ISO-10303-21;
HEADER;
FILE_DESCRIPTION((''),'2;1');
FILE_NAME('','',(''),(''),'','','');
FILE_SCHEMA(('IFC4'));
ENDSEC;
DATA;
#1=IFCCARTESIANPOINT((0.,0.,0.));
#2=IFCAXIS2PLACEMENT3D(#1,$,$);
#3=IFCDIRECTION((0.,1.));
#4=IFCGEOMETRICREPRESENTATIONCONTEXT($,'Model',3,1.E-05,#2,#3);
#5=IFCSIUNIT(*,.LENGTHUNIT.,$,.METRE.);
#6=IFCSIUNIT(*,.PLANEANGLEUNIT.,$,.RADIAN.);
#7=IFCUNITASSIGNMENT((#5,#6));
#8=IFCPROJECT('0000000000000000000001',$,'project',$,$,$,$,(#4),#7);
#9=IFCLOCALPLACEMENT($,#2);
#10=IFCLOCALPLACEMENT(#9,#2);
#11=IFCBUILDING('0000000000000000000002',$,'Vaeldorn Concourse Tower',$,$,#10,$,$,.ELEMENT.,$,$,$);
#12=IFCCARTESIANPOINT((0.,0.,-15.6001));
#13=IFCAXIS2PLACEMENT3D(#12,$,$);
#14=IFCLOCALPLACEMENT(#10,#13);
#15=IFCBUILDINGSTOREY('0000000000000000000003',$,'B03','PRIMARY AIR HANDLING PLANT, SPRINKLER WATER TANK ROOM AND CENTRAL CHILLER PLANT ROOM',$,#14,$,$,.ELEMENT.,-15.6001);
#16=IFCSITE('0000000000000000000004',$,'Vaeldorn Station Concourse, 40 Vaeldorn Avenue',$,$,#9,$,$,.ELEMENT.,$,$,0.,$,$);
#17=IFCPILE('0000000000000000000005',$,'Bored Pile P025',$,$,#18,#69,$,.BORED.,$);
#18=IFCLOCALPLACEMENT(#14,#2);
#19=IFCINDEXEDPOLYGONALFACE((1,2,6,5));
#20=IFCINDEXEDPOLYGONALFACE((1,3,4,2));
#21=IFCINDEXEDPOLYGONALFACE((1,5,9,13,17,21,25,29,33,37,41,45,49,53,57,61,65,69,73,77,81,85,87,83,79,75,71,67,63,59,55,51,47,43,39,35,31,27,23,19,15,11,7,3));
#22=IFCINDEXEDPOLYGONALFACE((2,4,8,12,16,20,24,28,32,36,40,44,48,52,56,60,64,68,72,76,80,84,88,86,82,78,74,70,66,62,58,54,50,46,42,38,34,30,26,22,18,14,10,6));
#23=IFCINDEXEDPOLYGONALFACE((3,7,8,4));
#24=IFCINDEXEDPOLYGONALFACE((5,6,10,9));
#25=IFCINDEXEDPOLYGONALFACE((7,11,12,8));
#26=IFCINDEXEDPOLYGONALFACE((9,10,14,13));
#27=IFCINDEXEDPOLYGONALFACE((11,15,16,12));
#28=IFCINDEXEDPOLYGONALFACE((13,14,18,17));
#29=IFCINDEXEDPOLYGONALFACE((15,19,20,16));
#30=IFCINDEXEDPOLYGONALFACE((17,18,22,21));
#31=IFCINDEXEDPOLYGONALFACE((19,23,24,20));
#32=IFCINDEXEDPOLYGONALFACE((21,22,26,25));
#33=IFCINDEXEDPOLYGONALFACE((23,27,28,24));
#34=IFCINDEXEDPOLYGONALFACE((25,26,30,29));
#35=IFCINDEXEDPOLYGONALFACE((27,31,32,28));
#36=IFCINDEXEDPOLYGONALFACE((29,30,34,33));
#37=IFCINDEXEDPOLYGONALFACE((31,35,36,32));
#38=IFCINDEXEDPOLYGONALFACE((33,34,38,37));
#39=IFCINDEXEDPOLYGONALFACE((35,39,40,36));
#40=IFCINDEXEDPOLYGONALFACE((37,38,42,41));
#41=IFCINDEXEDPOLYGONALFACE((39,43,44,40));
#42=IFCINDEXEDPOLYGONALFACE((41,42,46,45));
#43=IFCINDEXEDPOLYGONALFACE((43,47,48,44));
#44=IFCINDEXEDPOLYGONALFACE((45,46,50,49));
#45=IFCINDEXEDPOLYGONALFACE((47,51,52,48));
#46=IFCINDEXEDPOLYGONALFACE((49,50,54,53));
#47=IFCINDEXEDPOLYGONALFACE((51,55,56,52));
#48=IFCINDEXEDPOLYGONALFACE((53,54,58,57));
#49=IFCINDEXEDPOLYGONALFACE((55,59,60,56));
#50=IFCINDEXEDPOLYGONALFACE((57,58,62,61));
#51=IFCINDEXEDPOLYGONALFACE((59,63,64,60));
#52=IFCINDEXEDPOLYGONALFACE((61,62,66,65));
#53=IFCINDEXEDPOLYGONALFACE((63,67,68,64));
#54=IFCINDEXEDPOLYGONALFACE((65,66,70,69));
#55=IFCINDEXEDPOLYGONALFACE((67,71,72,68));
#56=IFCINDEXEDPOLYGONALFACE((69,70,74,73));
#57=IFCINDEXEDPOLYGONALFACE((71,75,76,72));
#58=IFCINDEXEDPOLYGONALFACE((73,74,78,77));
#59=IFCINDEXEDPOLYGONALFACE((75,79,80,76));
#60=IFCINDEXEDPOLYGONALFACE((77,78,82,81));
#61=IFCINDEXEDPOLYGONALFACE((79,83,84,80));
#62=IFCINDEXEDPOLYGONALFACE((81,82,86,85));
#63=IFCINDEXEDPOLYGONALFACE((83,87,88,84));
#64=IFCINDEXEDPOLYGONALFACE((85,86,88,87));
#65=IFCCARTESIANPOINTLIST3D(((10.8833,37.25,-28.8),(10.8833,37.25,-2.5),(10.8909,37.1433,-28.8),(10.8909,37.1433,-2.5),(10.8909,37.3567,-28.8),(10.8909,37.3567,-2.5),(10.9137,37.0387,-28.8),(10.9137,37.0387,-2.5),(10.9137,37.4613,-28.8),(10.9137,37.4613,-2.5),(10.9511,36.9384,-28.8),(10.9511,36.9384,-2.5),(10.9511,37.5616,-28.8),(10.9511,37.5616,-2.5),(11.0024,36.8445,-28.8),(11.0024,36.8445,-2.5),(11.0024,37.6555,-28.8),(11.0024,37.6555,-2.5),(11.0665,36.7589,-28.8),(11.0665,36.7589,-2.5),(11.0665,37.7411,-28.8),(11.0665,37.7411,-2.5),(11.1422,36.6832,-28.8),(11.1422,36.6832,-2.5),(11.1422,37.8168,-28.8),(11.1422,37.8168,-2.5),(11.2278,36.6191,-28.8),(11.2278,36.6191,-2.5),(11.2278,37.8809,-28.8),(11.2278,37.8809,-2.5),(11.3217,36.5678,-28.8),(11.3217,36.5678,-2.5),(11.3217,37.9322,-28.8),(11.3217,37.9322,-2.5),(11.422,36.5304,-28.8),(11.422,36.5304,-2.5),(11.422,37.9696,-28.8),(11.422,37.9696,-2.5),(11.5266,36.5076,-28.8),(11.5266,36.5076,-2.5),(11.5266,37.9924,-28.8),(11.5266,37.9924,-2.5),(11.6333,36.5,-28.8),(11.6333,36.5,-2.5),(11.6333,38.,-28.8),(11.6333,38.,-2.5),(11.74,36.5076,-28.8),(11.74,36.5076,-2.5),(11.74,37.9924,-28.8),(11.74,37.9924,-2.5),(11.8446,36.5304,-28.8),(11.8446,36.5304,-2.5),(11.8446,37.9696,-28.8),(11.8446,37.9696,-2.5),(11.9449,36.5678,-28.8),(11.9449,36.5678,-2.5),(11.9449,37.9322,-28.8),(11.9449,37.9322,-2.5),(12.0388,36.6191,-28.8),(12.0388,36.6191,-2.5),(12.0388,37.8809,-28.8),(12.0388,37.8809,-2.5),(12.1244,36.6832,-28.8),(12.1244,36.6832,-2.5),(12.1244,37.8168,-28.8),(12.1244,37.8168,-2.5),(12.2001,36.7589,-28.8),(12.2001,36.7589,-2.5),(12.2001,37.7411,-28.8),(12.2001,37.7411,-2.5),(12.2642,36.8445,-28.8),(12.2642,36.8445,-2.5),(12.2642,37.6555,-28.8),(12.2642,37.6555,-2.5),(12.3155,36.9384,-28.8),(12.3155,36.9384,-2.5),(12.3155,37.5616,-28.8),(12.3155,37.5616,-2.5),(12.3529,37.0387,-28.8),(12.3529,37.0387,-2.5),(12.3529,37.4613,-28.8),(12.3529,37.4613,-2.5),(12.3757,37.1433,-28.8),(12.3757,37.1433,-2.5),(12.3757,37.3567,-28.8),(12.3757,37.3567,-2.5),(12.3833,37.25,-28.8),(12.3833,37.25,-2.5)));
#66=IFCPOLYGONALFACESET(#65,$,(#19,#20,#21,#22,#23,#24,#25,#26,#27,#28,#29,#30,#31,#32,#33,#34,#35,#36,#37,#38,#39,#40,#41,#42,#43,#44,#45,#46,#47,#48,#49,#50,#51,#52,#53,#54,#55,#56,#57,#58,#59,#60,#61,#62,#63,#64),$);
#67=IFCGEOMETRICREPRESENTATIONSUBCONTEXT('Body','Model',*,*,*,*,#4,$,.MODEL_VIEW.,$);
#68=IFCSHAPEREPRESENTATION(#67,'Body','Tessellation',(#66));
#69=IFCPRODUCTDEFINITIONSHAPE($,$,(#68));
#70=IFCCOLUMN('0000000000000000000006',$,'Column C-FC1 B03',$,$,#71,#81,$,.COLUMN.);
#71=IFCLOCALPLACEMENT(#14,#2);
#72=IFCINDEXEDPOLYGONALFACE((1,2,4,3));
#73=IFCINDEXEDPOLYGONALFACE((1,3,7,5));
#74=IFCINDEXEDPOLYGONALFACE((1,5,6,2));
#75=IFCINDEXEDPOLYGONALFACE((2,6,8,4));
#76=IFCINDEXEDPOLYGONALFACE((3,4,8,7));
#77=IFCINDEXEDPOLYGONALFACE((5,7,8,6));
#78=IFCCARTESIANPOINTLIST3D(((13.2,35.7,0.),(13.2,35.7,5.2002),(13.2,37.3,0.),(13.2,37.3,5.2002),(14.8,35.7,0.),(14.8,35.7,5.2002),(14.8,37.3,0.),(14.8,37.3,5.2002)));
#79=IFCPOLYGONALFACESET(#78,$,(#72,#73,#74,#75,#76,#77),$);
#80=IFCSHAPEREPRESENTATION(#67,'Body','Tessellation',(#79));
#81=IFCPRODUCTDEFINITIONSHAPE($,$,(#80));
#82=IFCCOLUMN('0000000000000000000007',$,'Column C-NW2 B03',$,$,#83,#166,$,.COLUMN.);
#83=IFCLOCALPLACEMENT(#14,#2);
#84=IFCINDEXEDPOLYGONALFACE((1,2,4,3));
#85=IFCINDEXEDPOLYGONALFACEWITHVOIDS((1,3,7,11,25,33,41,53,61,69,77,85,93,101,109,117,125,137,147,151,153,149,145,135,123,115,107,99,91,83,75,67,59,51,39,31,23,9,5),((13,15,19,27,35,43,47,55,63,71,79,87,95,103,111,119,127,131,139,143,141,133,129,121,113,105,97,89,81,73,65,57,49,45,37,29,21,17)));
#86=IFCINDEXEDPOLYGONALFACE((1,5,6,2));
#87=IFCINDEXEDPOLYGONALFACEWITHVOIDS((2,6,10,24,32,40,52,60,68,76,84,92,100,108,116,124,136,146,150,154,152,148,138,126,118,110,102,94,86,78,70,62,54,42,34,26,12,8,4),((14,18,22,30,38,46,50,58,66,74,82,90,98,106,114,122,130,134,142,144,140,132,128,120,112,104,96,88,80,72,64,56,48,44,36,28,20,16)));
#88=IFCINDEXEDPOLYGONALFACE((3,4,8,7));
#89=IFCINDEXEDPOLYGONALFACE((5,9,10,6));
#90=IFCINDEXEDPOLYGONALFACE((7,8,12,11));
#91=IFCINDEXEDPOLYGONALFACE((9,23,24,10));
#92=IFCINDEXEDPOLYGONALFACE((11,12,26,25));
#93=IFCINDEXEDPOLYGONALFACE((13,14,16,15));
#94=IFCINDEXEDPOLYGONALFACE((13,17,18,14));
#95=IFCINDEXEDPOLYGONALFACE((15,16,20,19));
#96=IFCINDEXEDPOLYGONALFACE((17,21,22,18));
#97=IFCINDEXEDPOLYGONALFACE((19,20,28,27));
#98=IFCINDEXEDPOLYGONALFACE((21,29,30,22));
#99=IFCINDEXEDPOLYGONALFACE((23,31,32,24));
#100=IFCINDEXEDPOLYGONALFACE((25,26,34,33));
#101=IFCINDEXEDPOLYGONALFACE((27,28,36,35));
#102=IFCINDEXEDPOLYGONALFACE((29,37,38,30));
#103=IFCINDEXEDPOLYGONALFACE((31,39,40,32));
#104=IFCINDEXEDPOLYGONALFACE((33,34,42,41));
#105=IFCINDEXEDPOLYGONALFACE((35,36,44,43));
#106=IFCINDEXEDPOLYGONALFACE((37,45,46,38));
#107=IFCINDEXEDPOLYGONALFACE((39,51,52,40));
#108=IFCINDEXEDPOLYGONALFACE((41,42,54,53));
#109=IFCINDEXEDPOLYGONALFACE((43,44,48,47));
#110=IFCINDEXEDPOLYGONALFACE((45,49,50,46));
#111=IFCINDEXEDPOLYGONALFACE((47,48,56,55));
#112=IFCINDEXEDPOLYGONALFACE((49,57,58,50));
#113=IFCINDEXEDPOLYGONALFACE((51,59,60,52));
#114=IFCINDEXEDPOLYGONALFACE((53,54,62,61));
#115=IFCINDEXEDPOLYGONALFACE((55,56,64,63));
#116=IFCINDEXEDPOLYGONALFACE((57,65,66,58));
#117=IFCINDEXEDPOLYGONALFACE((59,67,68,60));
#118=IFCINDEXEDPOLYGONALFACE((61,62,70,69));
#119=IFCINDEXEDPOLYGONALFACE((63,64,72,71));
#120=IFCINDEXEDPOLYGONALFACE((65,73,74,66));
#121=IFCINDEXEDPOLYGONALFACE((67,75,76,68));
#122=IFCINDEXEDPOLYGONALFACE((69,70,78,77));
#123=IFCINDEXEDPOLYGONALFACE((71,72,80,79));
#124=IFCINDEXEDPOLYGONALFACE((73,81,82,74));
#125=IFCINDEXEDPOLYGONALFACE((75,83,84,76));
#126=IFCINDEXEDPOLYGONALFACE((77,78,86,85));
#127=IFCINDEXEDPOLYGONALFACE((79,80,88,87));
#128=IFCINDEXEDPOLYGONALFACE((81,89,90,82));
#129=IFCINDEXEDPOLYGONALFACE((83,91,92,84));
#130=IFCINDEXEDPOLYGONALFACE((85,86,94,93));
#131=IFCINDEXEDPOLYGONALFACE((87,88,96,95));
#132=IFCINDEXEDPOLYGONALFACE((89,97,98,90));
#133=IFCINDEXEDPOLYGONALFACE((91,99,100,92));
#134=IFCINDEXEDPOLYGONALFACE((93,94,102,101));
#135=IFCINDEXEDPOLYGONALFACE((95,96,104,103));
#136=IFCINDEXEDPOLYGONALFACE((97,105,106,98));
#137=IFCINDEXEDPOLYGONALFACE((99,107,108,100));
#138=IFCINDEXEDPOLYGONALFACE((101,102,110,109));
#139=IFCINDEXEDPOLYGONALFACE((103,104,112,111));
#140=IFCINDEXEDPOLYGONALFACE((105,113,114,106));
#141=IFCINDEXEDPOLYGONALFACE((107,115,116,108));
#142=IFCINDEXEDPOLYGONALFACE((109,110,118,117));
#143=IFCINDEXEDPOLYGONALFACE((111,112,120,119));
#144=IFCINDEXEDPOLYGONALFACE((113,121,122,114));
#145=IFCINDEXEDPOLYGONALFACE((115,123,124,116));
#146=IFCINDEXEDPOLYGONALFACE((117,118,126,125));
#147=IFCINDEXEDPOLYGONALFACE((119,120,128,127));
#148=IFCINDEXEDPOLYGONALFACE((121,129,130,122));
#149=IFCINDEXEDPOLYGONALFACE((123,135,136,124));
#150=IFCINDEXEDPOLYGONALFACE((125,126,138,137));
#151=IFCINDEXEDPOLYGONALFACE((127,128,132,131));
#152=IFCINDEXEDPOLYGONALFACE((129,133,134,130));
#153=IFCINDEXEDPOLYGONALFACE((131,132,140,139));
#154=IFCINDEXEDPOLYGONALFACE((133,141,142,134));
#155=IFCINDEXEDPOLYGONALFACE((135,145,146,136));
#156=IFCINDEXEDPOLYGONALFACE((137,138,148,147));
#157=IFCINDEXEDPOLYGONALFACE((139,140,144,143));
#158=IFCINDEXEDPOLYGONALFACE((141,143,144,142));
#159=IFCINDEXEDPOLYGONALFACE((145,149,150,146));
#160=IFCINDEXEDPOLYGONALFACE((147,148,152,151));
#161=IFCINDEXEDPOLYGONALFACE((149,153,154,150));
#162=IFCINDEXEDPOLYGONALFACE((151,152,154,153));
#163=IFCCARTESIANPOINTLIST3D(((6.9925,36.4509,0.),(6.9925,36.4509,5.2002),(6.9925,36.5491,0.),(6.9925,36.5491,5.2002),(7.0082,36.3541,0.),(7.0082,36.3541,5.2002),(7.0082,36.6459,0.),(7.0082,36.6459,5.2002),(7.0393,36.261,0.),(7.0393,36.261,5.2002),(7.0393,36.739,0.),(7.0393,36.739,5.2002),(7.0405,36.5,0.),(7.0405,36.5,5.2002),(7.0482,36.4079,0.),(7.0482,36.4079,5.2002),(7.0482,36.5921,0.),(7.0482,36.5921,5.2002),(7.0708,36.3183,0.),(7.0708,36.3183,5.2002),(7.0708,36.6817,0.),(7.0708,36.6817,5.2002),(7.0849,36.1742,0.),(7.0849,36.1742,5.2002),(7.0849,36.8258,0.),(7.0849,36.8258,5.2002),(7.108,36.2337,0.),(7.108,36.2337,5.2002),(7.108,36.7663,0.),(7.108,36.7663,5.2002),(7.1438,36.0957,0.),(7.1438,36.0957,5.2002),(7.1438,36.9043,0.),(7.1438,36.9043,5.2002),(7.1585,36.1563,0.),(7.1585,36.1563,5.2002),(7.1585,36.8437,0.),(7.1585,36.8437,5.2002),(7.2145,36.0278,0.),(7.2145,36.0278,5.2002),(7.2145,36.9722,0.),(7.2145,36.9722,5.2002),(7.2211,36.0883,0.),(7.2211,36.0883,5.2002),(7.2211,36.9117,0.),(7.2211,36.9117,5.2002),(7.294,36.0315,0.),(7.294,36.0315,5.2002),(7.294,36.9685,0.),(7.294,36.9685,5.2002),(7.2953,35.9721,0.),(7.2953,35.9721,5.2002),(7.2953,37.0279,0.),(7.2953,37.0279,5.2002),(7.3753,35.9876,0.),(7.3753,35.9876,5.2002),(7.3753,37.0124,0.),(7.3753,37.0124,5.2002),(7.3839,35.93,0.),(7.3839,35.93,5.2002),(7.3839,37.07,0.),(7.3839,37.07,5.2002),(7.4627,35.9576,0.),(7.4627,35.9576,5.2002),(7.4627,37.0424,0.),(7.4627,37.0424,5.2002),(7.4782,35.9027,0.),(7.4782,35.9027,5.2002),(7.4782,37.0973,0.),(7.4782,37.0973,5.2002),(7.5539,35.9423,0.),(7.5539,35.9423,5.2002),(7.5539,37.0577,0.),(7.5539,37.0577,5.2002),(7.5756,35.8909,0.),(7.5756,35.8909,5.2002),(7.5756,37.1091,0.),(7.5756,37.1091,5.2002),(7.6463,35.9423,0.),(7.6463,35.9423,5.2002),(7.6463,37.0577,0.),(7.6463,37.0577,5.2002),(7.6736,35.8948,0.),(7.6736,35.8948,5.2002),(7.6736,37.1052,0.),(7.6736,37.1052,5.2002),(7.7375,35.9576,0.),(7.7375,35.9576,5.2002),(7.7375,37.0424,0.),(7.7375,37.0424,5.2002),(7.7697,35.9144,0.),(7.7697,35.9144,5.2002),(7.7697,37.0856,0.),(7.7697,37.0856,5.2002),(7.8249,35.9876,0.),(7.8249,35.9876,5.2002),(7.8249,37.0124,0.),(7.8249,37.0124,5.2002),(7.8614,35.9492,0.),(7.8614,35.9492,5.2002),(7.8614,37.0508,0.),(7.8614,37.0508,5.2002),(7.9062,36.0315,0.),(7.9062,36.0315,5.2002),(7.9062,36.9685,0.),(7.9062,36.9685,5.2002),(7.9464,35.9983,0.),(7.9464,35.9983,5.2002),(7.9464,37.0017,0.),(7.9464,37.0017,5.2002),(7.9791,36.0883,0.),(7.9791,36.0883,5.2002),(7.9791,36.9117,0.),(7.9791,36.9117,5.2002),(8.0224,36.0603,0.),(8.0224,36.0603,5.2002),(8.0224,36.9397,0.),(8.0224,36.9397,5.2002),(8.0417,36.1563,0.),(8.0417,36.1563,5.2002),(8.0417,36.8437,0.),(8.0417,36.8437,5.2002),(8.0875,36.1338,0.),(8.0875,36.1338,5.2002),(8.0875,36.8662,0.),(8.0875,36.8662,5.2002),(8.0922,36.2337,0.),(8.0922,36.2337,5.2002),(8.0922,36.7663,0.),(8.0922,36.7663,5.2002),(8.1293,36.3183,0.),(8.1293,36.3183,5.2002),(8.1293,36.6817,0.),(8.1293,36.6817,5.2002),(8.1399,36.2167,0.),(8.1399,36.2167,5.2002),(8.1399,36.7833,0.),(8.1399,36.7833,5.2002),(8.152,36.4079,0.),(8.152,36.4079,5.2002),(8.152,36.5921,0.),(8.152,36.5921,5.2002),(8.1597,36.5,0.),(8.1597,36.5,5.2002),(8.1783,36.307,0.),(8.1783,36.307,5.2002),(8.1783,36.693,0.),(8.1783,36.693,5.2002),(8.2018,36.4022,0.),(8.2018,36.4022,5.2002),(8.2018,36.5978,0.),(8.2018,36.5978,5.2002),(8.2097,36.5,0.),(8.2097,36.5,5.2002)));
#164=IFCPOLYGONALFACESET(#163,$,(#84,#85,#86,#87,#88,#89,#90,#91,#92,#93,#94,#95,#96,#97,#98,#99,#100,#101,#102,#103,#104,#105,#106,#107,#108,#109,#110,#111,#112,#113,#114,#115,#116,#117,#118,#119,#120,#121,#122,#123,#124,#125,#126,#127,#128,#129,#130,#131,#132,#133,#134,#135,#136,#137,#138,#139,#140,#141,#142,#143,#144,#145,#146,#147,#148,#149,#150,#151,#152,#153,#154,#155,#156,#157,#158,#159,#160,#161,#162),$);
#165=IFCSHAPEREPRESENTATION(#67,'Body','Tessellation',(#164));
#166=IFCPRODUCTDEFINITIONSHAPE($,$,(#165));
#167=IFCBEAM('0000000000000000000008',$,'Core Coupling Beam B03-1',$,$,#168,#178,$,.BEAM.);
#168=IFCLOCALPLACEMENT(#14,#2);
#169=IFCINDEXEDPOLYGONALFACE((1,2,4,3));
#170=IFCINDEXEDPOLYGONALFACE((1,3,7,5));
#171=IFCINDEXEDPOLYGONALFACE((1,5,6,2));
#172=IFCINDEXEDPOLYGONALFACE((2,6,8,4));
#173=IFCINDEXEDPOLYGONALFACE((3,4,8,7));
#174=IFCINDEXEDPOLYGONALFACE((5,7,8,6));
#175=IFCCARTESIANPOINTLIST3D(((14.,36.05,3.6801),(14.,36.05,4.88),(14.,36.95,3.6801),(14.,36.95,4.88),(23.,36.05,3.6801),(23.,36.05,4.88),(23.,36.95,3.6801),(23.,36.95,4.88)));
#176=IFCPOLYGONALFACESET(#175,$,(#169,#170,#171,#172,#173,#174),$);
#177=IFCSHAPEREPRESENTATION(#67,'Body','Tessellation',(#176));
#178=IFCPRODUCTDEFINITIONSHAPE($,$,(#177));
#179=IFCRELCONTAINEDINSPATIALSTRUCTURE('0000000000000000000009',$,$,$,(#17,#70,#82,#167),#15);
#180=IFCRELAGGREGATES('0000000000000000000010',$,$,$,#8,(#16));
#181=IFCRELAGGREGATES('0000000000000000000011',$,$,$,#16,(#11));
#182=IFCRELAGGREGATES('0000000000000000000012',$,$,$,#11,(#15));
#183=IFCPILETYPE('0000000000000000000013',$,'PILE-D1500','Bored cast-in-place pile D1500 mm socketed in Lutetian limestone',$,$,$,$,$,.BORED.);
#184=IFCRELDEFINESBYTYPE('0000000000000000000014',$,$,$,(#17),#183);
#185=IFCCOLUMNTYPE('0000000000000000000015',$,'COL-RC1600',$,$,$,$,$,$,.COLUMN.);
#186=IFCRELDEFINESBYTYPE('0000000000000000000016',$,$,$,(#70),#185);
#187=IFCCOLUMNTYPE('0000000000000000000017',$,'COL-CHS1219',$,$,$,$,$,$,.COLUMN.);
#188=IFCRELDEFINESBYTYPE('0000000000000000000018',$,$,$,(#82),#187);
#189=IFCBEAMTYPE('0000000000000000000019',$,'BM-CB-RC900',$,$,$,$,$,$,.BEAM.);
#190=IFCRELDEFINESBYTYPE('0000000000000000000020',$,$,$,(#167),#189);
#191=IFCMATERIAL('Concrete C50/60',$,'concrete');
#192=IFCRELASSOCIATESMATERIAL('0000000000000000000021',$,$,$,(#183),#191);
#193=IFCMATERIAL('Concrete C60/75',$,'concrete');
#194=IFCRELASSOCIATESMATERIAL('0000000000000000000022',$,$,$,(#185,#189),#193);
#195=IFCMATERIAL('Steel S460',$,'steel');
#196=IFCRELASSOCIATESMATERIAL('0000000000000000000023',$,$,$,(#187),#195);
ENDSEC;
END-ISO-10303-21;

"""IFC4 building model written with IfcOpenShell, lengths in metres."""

from ifc_helpers import new_model, si_unit, direction, frame, origin, origin_2d, place, context, subcontext, project, spatial, rectangle, circle, hollow_circle, extrude, source, transform, mapped, material, material_profile, profile_set, type_object, element, save


model = new_model("IFC4")

# Units and contexts
model_context = context("Model", 3, precision=1e-05, world=origin(), true_north=direction((0.0, 1.0)))
body_context = subcontext(model_context, "Body", "Model", "MODEL_VIEW")
ifc_project = project(units=[si_unit("LENGTHUNIT", "METRE"), si_unit("PLANEANGLEUNIT", "RADIAN")], contexts=[model_context])

# Site, building, storey
site_placement = place(None, origin())
site = spatial("IfcSite", under=ifc_project, at=site_placement, Name="Vaeldorn Station Concourse, 40 Vaeldorn Avenue", CompositionType="ELEMENT", RefElevation=0.0)
building_placement = place(site_placement, origin())
building = spatial("IfcBuilding", under=site, at=building_placement, Name="Vaeldorn Concourse Tower", CompositionType="ELEMENT")
storey_placement = place(building_placement, frame((0.0, 0.0, -15.6001)))
storey = spatial("IfcBuildingStorey", under=building, at=storey_placement, Name="B03", Description="PRIMARY AIR HANDLING PLANT, SPRINKLER WATER TANK ROOM AND CENTRAL CHILLER PLANT ROOM", CompositionType="ELEMENT", Elevation=-15.6001)

# Pile
ifc_material_1 = material(Name="Concrete C50/60", Category="concrete")
ifc_material_profile_1 = material_profile(ifc_material_1, circle(Radius=0.75, at=origin_2d()), Name="BORED PILE D1500")
ifc_profile_set_1 = profile_set([ifc_material_profile_1], Name="Concrete C50/60")
pile_type = type_object("IfcPileType", Name="PILE-D1500", Description="Bored cast-in-place pile D1500 mm socketed in Lutetian limestone", PredefinedType="BORED", material=ifc_profile_set_1)
for number, where, z_axis, x_axis, name in (
    (1, (11.6333, 37.25, -2.5), (0.0, 0.0, -1.0), (1.0, 0.0, 0.0), "Bored Pile P025"),
):
    element("IfcPile", number, at=place(storey_placement, frame(where, z_axis=z_axis, x_axis=x_axis)), inside=storey, type_object=pile_type, Name=name, PredefinedType="BORED", context=body_context, shape_type="SweptSolid", body=[
        extrude(circle(Radius=0.75, at=origin_2d()), origin(), (0.0, 0.0, 1.0), 26.3),
    ])

# Columns
ifc_material_2 = material(Name="Concrete C60/75", Category="concrete")
ifc_material_profile_2 = material_profile(ifc_material_2, rectangle(XDim=1.6001, YDim=1.6001, at=origin_2d()), Name="RC 1600x1600")
ifc_profile_set_2 = profile_set([ifc_material_profile_2], Name="Concrete C60/75")
column_type_1 = type_object("IfcColumnType", Name="COL-RC1600", PredefinedType="COLUMN", material=ifc_profile_set_2)
shared_shape_1 = source(origin(), body_context, "Body", "SweptSolid", [
    extrude(rectangle(XDim=1.6001, YDim=1.6001, at=origin_2d()), origin(), (0.0, 0.0, 1.0), 5.2002),
])
column_1_placement = place(storey_placement, frame((14.0, 36.5, 0.0), z_axis=(0.0, 0.0, 1.0), x_axis=(1.0, 0.0, 0.0)))
element("IfcColumn", 2, at=column_1_placement, inside=storey, type_object=column_type_1, Name="Column C-FC1 B03", PredefinedType="COLUMN", context=body_context, shape_type="MappedRepresentation", body=[
    mapped(shared_shape_1, transform((0.0, 0.0, 0.0), scale=1.0)),
])
ifc_material_3 = material(Name="Steel S460", Category="steel")
ifc_material_profile_3 = material_profile(ifc_material_3, hollow_circle(Radius=0.6096, WallThickness=0.05, at=origin_2d()), Name="CHS 1219x50")
ifc_profile_set_3 = profile_set([ifc_material_profile_3], Name="Steel S460")
column_type_2 = type_object("IfcColumnType", Name="COL-CHS1219", PredefinedType="COLUMN", material=ifc_profile_set_3)
shared_shape_2 = source(origin(), body_context, "Body", "SweptSolid", [
    extrude(hollow_circle(Radius=0.6096, WallThickness=0.05, at=origin_2d()), origin(), (0.0, 0.0, 1.0), 5.2002),
])
column_2_placement = place(storey_placement, frame((7.6001, 36.5, 0.0), z_axis=(0.0, 0.0, 1.0), x_axis=(1.0, 0.0, 0.0)))
element("IfcColumn", 3, at=column_2_placement, inside=storey, type_object=column_type_2, Name="Column C-NW2 B03", PredefinedType="COLUMN", context=body_context, shape_type="MappedRepresentation", body=[
    mapped(shared_shape_2, transform((0.0, 0.0, 0.0), scale=1.0)),
])

# Beam
ifc_material_profile_4 = material_profile(ifc_material_2, rectangle(XDim=0.8999, YDim=1.2, at=origin_2d()), Name="RC 900x1200")
ifc_profile_set_4 = profile_set([ifc_material_profile_4], Name="Concrete C60/75")
beam_type_1 = type_object("IfcBeamType", Name="BM-CB-RC900", PredefinedType="BEAM", material=ifc_profile_set_4)
shared_shape_3 = source(origin(), body_context, "Body", "SweptSolid", [
    extrude(rectangle(XDim=0.8999, YDim=1.2, at=origin_2d()), origin(), (0.0, 0.0, 1.0), 9.0),
])
beam_1_placement = place(storey_placement, frame((14.0, 36.5, 4.28), z_axis=(1.0, 0.0, 0.0), x_axis=(0.0, 1.0, 0.0)))
element("IfcBeam", 4, at=beam_1_placement, inside=storey, type_object=beam_type_1, Name="Core Coupling Beam B03-1", PredefinedType="BEAM", context=body_context, shape_type="MappedRepresentation", body=[
    mapped(shared_shape_3, transform((0.0, 0.0, 0.0), scale=1.0)),
])

save(model, "model.ifc")
